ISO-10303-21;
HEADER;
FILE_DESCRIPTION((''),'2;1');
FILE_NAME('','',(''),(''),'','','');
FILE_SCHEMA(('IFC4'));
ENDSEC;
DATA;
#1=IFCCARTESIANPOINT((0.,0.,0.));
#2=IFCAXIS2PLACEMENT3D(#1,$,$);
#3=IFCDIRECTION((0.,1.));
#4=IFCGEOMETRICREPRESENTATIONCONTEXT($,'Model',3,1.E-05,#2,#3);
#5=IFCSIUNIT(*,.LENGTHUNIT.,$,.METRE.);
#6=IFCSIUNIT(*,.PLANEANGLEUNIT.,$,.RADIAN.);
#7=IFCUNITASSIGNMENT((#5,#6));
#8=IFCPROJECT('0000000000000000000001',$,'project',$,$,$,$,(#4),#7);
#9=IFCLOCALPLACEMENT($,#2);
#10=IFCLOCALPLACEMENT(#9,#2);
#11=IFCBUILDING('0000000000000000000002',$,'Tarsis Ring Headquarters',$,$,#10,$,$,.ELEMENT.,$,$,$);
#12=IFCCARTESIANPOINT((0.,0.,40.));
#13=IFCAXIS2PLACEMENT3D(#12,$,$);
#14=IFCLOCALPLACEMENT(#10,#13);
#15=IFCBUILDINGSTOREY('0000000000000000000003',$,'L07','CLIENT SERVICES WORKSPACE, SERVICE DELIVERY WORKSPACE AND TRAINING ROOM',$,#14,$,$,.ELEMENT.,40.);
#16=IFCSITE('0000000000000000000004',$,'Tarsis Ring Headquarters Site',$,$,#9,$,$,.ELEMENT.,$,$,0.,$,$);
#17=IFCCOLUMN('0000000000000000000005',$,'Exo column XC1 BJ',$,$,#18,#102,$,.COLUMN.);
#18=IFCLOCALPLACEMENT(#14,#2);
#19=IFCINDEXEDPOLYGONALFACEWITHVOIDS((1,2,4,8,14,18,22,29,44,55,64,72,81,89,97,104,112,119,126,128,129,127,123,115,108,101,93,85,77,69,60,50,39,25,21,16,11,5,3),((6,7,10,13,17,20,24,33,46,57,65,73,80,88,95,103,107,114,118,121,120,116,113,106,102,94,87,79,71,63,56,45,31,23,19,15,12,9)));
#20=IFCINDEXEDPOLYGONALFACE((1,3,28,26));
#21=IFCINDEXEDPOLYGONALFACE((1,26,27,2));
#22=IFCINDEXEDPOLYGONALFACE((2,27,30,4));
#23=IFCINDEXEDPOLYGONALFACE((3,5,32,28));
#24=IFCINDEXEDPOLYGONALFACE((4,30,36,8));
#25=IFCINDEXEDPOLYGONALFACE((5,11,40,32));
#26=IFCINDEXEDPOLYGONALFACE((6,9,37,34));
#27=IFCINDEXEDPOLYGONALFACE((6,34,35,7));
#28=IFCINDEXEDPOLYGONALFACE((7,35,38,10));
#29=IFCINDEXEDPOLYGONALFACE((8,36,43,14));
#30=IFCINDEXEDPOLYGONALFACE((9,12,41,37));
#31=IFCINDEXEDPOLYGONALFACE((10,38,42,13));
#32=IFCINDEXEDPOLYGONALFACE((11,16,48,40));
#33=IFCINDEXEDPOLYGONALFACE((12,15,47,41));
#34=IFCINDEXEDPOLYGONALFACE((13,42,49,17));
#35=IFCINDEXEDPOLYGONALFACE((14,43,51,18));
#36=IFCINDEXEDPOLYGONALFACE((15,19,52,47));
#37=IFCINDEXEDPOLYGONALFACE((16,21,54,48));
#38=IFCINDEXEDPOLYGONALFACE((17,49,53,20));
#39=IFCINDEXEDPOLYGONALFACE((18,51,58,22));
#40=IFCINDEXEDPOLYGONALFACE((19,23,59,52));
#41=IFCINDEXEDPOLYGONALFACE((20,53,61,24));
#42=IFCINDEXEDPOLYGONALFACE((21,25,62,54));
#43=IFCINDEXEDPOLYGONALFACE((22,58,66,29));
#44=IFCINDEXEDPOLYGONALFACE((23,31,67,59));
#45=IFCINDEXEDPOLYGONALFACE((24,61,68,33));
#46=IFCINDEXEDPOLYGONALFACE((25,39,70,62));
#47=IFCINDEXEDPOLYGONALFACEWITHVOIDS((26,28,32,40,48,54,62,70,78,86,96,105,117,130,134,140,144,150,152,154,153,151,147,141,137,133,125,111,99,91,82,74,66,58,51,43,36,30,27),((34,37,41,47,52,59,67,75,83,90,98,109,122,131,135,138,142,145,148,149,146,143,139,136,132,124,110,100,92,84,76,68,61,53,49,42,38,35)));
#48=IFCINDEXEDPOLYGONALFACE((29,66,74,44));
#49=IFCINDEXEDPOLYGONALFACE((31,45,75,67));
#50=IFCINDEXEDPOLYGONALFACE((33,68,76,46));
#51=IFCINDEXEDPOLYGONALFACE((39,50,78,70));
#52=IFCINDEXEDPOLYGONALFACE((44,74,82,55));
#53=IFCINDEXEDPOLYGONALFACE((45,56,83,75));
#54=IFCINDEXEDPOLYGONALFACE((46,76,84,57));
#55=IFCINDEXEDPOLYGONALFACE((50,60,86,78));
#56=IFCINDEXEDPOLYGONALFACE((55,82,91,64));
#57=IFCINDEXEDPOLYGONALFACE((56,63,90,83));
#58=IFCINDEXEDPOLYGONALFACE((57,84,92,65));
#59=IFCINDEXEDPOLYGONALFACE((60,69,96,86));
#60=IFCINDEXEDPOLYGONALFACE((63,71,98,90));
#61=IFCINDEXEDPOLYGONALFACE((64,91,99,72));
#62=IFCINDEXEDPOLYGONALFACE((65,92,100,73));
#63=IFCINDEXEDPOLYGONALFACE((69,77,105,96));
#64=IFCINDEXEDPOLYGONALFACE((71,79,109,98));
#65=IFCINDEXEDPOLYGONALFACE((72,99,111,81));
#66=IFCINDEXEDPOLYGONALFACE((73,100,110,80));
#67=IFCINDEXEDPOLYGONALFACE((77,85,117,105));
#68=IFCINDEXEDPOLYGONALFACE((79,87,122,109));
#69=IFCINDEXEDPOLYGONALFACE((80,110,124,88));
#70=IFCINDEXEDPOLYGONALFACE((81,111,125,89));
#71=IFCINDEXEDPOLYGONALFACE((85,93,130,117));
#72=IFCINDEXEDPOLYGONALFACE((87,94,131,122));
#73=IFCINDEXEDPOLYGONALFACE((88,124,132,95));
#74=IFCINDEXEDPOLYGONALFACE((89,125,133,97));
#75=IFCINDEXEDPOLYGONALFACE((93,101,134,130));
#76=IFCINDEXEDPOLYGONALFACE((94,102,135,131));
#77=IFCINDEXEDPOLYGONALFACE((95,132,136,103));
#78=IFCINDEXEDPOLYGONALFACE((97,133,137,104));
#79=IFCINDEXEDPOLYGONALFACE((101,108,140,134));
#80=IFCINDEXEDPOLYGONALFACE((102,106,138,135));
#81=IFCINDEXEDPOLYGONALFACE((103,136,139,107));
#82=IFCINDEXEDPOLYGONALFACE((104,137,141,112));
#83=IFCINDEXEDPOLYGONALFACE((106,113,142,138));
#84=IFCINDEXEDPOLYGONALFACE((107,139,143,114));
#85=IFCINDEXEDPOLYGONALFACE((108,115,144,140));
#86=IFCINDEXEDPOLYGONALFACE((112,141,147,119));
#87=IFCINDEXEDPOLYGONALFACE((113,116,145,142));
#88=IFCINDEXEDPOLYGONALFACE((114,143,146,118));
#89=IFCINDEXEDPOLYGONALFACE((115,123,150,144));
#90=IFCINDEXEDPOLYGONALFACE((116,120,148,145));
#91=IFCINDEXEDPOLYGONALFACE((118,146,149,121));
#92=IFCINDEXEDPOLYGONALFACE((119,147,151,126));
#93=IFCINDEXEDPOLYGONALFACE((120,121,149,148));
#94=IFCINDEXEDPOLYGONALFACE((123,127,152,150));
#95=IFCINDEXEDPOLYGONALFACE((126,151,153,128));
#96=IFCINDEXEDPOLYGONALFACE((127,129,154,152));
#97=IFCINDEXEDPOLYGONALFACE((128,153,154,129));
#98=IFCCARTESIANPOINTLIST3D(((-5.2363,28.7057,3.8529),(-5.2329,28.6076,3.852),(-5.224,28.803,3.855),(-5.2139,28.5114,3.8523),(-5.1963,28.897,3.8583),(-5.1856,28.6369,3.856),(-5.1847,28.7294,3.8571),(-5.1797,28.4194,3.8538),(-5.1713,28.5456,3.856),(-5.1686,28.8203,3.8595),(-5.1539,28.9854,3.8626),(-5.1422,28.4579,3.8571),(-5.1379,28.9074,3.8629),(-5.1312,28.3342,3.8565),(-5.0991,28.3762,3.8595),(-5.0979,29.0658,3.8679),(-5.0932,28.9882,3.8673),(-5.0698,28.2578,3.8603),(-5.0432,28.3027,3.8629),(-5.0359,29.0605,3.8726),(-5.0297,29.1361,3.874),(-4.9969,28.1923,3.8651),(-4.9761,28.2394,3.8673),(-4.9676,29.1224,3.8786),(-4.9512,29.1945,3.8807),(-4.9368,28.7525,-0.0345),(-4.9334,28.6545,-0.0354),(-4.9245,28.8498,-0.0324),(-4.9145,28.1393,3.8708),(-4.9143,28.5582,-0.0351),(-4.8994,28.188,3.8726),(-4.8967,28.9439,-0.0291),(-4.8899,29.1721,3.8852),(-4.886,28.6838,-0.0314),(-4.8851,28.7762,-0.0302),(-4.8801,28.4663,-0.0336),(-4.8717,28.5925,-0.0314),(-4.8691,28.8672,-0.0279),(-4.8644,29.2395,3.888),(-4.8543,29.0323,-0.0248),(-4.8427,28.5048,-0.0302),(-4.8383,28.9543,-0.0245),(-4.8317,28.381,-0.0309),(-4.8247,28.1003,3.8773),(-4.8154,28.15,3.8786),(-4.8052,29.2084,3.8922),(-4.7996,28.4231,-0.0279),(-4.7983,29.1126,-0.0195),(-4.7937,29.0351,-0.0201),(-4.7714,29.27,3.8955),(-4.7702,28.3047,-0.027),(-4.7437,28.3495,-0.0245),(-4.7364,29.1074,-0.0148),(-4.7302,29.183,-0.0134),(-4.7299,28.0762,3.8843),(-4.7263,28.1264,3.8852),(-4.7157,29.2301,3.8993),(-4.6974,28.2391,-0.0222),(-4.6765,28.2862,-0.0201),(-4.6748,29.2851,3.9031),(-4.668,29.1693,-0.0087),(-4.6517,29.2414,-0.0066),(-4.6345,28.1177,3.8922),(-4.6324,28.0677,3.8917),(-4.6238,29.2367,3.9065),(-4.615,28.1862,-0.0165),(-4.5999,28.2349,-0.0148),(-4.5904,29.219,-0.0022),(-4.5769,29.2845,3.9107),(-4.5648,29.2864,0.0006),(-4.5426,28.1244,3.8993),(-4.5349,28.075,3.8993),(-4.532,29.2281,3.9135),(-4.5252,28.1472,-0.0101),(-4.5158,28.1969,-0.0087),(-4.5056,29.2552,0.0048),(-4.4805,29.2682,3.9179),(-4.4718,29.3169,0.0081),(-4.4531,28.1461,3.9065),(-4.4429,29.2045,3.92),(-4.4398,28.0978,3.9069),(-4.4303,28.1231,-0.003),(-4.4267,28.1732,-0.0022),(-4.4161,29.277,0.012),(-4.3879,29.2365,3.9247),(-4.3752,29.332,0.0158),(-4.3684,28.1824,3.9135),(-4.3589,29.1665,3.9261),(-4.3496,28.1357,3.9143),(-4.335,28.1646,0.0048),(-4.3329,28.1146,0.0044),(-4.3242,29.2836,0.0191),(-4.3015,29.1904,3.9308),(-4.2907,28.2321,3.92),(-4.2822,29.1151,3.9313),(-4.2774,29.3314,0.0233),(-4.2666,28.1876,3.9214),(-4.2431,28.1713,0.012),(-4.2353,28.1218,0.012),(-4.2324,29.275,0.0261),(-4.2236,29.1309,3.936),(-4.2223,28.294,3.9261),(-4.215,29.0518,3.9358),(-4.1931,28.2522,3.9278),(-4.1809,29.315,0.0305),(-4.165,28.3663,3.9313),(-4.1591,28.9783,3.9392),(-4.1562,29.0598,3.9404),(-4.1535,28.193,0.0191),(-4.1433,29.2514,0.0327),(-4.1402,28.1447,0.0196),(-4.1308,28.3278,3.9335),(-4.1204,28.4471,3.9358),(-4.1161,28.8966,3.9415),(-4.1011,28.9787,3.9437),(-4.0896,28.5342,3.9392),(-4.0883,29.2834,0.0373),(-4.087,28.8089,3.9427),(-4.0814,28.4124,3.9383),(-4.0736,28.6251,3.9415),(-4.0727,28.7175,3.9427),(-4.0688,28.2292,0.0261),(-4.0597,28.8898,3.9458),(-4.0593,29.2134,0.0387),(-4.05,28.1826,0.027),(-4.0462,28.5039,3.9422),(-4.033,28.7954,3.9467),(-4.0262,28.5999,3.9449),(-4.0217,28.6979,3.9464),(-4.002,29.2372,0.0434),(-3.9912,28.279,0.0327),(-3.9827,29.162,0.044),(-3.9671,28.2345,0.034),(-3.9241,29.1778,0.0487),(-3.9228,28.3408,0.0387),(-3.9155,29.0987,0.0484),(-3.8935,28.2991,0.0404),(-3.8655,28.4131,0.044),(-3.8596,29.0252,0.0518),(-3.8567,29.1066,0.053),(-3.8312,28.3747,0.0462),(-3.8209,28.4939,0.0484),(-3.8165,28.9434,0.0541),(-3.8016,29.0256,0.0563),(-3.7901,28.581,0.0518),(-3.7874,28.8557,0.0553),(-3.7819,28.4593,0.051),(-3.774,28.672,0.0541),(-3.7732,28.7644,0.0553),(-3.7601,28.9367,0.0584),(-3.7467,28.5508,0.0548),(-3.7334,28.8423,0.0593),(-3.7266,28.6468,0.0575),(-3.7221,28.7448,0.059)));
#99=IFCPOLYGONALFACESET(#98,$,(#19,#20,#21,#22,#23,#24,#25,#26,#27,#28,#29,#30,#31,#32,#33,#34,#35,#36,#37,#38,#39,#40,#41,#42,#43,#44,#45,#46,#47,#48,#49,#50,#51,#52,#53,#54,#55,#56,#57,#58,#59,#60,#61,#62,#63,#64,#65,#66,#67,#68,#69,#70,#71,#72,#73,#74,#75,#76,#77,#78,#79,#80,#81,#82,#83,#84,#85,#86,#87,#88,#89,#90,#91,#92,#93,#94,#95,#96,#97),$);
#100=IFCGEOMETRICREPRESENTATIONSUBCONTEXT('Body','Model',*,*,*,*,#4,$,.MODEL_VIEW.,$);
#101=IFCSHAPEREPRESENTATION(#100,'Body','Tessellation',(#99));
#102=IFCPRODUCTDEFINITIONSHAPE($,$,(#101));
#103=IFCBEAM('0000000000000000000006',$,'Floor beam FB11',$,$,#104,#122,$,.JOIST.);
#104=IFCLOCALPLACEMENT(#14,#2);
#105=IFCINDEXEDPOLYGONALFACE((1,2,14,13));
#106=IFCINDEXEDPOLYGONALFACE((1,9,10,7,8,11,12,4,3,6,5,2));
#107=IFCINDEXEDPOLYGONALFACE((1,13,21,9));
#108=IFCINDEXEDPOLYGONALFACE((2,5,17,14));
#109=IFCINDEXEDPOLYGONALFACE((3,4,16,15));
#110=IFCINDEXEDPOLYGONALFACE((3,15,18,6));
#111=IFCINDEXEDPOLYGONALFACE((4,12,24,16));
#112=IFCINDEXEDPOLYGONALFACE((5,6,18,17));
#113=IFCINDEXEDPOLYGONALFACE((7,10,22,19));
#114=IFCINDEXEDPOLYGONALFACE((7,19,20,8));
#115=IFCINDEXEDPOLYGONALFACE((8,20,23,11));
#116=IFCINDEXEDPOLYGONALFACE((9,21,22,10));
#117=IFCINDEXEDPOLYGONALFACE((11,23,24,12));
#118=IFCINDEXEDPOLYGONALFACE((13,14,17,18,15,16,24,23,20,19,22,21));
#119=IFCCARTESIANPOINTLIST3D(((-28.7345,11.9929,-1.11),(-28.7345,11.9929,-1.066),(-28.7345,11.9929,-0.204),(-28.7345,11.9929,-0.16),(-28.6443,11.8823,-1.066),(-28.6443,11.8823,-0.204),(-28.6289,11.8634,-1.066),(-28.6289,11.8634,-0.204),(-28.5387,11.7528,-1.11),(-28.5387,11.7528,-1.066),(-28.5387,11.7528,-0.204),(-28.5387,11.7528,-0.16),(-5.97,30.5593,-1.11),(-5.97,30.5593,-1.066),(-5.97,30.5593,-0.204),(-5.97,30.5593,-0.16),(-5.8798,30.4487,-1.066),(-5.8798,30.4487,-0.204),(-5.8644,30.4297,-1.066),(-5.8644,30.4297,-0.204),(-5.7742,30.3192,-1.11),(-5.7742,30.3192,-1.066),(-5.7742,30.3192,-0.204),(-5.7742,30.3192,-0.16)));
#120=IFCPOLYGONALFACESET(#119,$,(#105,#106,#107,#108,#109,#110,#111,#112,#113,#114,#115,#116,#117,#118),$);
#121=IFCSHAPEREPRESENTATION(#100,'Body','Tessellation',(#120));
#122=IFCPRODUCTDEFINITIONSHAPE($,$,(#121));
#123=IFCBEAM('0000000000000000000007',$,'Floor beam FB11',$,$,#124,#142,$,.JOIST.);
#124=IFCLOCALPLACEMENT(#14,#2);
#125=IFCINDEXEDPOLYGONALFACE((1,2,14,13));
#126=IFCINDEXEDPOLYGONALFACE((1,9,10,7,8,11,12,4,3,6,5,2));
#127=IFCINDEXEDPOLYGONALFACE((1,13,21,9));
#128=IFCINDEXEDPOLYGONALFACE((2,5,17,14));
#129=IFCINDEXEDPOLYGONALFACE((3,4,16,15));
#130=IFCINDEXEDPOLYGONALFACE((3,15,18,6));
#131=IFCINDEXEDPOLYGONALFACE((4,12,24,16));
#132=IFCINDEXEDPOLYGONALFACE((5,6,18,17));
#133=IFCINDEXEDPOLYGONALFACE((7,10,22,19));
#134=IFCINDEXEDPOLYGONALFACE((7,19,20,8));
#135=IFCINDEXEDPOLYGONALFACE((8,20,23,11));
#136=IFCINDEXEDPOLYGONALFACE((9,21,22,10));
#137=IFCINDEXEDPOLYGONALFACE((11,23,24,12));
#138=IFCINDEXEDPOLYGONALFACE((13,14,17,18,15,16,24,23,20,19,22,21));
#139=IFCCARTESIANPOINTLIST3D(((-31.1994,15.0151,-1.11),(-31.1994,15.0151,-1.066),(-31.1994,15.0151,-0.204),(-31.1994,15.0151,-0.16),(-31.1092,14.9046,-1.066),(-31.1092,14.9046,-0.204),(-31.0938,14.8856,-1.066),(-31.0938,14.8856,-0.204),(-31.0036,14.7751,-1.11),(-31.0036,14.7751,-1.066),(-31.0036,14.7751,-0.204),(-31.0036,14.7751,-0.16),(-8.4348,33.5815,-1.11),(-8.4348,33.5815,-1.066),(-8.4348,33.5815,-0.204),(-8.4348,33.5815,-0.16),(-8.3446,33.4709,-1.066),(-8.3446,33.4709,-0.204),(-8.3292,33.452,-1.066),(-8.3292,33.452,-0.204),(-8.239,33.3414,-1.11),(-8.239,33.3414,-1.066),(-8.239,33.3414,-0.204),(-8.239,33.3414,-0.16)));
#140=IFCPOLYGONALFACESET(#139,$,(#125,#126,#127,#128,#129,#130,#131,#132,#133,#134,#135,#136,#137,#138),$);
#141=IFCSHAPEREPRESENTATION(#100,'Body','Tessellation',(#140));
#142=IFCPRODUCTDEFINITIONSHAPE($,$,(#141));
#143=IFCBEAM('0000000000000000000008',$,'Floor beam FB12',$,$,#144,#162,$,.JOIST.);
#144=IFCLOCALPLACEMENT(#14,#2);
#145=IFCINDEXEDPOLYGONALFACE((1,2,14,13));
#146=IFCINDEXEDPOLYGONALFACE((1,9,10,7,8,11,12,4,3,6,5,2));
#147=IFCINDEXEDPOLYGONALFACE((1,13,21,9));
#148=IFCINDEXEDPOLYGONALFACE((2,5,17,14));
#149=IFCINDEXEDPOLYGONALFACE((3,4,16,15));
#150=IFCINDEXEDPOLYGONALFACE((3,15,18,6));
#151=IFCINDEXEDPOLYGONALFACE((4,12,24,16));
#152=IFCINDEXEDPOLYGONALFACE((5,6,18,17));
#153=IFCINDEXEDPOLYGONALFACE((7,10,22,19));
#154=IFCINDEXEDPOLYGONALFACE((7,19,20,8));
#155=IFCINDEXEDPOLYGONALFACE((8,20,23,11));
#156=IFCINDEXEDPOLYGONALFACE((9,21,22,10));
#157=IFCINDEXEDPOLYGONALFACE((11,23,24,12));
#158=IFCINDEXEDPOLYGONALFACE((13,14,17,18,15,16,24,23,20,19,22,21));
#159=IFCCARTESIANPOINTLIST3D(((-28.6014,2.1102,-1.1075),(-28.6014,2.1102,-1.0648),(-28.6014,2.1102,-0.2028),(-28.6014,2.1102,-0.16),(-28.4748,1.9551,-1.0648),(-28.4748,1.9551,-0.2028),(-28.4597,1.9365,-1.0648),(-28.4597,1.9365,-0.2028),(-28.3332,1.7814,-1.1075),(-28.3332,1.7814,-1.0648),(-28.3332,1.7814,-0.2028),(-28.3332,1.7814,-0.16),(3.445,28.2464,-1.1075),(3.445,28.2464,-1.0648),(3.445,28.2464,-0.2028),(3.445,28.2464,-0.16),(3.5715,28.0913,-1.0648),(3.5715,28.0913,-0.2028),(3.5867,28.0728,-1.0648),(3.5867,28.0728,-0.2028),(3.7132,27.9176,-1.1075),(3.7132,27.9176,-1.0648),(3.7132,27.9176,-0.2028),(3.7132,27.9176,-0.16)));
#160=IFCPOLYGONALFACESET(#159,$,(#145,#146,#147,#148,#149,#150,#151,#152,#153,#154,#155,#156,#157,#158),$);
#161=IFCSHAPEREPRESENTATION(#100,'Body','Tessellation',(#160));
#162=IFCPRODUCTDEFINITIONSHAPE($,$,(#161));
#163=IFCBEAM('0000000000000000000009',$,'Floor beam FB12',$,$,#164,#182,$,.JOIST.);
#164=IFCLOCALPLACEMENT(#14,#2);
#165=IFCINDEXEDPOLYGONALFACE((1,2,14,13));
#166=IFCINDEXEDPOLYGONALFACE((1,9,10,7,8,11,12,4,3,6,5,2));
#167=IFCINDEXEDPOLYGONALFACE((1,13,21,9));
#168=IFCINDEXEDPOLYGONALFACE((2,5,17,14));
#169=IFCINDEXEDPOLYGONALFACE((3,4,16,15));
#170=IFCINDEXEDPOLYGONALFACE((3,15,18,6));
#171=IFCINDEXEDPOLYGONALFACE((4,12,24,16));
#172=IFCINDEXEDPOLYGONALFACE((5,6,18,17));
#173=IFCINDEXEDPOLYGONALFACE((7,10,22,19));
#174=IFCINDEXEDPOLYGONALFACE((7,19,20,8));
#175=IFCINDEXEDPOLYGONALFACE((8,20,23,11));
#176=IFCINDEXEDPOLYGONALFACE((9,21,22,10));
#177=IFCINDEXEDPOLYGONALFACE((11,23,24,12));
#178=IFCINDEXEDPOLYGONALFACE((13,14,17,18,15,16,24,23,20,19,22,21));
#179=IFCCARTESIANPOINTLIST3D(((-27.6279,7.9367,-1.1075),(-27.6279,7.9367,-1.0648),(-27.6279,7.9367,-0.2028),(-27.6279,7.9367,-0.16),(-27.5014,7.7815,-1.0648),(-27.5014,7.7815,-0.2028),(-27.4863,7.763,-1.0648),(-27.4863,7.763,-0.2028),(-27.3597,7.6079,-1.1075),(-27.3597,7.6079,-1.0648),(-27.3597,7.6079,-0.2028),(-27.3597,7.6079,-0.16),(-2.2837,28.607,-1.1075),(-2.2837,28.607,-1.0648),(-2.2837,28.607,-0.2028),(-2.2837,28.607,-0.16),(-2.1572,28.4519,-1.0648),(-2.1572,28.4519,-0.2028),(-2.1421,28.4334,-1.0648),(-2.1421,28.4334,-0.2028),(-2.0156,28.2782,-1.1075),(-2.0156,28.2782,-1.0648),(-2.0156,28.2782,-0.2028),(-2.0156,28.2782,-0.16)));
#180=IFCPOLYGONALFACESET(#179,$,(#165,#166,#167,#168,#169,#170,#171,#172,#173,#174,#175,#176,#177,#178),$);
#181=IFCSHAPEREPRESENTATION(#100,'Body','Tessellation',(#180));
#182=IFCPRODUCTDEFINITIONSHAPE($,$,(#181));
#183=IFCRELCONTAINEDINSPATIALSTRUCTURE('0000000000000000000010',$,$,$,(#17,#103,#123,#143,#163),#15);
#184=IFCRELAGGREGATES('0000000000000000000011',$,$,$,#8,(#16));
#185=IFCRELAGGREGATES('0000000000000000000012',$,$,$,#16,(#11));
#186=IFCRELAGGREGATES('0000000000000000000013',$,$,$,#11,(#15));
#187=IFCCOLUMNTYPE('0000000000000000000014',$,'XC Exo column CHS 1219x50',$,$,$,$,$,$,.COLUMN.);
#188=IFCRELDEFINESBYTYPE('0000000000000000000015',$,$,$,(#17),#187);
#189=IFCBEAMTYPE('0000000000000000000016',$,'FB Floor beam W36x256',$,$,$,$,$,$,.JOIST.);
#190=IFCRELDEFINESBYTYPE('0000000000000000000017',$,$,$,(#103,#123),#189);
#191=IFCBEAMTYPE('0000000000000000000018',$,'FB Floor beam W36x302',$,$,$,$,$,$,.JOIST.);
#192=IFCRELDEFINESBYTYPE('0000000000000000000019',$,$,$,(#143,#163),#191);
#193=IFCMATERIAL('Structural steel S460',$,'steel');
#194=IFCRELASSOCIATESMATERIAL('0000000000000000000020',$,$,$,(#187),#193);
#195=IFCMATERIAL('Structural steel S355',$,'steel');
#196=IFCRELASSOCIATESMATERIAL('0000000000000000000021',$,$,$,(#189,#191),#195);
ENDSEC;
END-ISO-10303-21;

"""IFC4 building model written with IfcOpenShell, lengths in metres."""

from ifc_helpers import new_model, si_unit, direction, frame, origin, origin_2d, place, context, subcontext, project, spatial, hollow_circle, i_section, extrude, material, material_profile, profile_set, type_object, element, save


model = new_model("IFC4")

# Units and contexts
model_context = context("Model", 3, precision=1e-05, world=origin(), true_north=direction((0.0, 1.0)))
body_context = subcontext(model_context, "Body", "Model", "MODEL_VIEW")
ifc_project = project(units=[si_unit("LENGTHUNIT", "METRE"), si_unit("PLANEANGLEUNIT", "RADIAN")], contexts=[model_context])

# Site, building, storey
site_placement = place(None, origin())
site = spatial("IfcSite", under=ifc_project, at=site_placement, Name="Tarsis Ring Headquarters Site", CompositionType="ELEMENT", RefElevation=0.0)
building_placement = place(site_placement, origin())
building = spatial("IfcBuilding", under=site, at=building_placement, Name="Tarsis Ring Headquarters", CompositionType="ELEMENT")
storey_placement = place(building_placement, frame((0.0, 0.0, 40.0)))
storey = spatial("IfcBuildingStorey", under=building, at=storey_placement, Name="L07", Description="CLIENT SERVICES WORKSPACE, SERVICE DELIVERY WORKSPACE AND TRAINING ROOM", CompositionType="ELEMENT", Elevation=40.0)

# Column
ifc_material_1 = material(Name="Structural steel S460", Category="steel")
ifc_material_profile_1 = material_profile(ifc_material_1, hollow_circle(Radius=0.6096, WallThickness=0.05, at=origin_2d()), Name="CHS 1219x50")
ifc_profile_set_1 = profile_set([ifc_material_profile_1], Name="Structural steel S460")
column_type = type_object("IfcColumnType", Name="XC Exo column CHS 1219x50", PredefinedType="COLUMN", material=ifc_profile_set_1)
column_placement = place(storey_placement, frame((-4.3296, 28.7241, 0.012), z_axis=(-0.076825, -0.012022, 0.996972), x_axis=(0.154598, -0.987977, 0.0)))
element("IfcColumn", 1, at=column_placement, inside=storey, type_object=column_type, Name="Exo column XC1 BJ", PredefinedType="COLUMN", context=body_context, shape_type="SweptSolid", body=[
    extrude(hollow_circle(Radius=0.6096, WallThickness=0.05, at=origin_2d()), origin(), (0.0, 0.0, 1.0), 3.8992),
])

# Beams
ifc_material_2 = material(Name="Structural steel S355", Category="steel")
ifc_material_profile_2 = material_profile(ifc_material_2, i_section(OverallWidth=0.3098, OverallDepth=0.95, WebThickness=0.0244, FlangeThickness=0.0439, at=origin_2d()), Name="W36x256")
ifc_profile_set_2 = profile_set([ifc_material_profile_2], Name="Structural steel S355")
beam_type_1 = type_object("IfcBeamType", Name="FB Floor beam W36x256", PredefinedType="JOIST", material=ifc_profile_set_2)
for number, where, z_axis, x_axis, name in (
    (2, (-5.8721, 30.4392, -0.635), (-0.774944, -0.63203, 0.0), (0.63203, -0.774944, 0.0), "Floor beam FB11"),
    (3, (-8.3369, 33.4614, -0.635), (-0.774944, -0.63203, 0.0), (0.63203, -0.774944, 0.0), "Floor beam FB11"),
):
    element("IfcBeam", number, at=place(storey_placement, frame(where, z_axis=z_axis, x_axis=x_axis)), inside=storey, type_object=beam_type_1, Name=name, PredefinedType="JOIST", context=body_context, shape_type="SweptSolid", body=[
        extrude(i_section(OverallWidth=0.3098, OverallDepth=0.95, WebThickness=0.0244, FlangeThickness=0.0439, at=origin_2d()), origin(), (0.0, 0.0, 1.0), 29.3757),
    ])
ifc_material_profile_3 = material_profile(ifc_material_2, i_section(OverallWidth=0.4243, OverallDepth=0.9475, WebThickness=0.0239, FlangeThickness=0.0427, at=origin_2d()), Name="W36x302")
ifc_profile_set_3 = profile_set([ifc_material_profile_3], Name="Structural steel S355")
beam_type_2 = type_object("IfcBeamType", Name="FB Floor beam W36x302", PredefinedType="JOIST", material=ifc_profile_set_3)
beam_1_placement = place(storey_placement, frame((3.5791, 28.082, -0.6338), z_axis=(-0.774946, -0.632027, 0.0), x_axis=(0.632027, -0.774946, 0.0)))
element("IfcBeam", 4, at=beam_1_placement, inside=storey, type_object=beam_type_2, Name="Floor beam FB12", PredefinedType="JOIST", context=body_context, shape_type="SweptSolid", body=[
    extrude(i_section(OverallWidth=0.4243, OverallDepth=0.9475, WebThickness=0.0239, FlangeThickness=0.0427, at=origin_2d()), origin(), (0.0, 0.0, 1.0), 41.353),
])
beam_2_placement = place(storey_placement, frame((-2.1497, 28.4426, -0.6338), z_axis=(-0.774942, -0.632032, 0.0), x_axis=(0.632032, -0.774942, 0.0)))
element("IfcBeam", 5, at=beam_2_placement, inside=storey, type_object=beam_type_2, Name="Floor beam FB12", PredefinedType="JOIST", context=body_context, shape_type="SweptSolid", body=[
    extrude(i_section(OverallWidth=0.4243, OverallDepth=0.9475, WebThickness=0.0239, FlangeThickness=0.0427, at=origin_2d()), origin(), (0.0, 0.0, 1.0), 32.7046),
])

save(model, "model.ifc")
